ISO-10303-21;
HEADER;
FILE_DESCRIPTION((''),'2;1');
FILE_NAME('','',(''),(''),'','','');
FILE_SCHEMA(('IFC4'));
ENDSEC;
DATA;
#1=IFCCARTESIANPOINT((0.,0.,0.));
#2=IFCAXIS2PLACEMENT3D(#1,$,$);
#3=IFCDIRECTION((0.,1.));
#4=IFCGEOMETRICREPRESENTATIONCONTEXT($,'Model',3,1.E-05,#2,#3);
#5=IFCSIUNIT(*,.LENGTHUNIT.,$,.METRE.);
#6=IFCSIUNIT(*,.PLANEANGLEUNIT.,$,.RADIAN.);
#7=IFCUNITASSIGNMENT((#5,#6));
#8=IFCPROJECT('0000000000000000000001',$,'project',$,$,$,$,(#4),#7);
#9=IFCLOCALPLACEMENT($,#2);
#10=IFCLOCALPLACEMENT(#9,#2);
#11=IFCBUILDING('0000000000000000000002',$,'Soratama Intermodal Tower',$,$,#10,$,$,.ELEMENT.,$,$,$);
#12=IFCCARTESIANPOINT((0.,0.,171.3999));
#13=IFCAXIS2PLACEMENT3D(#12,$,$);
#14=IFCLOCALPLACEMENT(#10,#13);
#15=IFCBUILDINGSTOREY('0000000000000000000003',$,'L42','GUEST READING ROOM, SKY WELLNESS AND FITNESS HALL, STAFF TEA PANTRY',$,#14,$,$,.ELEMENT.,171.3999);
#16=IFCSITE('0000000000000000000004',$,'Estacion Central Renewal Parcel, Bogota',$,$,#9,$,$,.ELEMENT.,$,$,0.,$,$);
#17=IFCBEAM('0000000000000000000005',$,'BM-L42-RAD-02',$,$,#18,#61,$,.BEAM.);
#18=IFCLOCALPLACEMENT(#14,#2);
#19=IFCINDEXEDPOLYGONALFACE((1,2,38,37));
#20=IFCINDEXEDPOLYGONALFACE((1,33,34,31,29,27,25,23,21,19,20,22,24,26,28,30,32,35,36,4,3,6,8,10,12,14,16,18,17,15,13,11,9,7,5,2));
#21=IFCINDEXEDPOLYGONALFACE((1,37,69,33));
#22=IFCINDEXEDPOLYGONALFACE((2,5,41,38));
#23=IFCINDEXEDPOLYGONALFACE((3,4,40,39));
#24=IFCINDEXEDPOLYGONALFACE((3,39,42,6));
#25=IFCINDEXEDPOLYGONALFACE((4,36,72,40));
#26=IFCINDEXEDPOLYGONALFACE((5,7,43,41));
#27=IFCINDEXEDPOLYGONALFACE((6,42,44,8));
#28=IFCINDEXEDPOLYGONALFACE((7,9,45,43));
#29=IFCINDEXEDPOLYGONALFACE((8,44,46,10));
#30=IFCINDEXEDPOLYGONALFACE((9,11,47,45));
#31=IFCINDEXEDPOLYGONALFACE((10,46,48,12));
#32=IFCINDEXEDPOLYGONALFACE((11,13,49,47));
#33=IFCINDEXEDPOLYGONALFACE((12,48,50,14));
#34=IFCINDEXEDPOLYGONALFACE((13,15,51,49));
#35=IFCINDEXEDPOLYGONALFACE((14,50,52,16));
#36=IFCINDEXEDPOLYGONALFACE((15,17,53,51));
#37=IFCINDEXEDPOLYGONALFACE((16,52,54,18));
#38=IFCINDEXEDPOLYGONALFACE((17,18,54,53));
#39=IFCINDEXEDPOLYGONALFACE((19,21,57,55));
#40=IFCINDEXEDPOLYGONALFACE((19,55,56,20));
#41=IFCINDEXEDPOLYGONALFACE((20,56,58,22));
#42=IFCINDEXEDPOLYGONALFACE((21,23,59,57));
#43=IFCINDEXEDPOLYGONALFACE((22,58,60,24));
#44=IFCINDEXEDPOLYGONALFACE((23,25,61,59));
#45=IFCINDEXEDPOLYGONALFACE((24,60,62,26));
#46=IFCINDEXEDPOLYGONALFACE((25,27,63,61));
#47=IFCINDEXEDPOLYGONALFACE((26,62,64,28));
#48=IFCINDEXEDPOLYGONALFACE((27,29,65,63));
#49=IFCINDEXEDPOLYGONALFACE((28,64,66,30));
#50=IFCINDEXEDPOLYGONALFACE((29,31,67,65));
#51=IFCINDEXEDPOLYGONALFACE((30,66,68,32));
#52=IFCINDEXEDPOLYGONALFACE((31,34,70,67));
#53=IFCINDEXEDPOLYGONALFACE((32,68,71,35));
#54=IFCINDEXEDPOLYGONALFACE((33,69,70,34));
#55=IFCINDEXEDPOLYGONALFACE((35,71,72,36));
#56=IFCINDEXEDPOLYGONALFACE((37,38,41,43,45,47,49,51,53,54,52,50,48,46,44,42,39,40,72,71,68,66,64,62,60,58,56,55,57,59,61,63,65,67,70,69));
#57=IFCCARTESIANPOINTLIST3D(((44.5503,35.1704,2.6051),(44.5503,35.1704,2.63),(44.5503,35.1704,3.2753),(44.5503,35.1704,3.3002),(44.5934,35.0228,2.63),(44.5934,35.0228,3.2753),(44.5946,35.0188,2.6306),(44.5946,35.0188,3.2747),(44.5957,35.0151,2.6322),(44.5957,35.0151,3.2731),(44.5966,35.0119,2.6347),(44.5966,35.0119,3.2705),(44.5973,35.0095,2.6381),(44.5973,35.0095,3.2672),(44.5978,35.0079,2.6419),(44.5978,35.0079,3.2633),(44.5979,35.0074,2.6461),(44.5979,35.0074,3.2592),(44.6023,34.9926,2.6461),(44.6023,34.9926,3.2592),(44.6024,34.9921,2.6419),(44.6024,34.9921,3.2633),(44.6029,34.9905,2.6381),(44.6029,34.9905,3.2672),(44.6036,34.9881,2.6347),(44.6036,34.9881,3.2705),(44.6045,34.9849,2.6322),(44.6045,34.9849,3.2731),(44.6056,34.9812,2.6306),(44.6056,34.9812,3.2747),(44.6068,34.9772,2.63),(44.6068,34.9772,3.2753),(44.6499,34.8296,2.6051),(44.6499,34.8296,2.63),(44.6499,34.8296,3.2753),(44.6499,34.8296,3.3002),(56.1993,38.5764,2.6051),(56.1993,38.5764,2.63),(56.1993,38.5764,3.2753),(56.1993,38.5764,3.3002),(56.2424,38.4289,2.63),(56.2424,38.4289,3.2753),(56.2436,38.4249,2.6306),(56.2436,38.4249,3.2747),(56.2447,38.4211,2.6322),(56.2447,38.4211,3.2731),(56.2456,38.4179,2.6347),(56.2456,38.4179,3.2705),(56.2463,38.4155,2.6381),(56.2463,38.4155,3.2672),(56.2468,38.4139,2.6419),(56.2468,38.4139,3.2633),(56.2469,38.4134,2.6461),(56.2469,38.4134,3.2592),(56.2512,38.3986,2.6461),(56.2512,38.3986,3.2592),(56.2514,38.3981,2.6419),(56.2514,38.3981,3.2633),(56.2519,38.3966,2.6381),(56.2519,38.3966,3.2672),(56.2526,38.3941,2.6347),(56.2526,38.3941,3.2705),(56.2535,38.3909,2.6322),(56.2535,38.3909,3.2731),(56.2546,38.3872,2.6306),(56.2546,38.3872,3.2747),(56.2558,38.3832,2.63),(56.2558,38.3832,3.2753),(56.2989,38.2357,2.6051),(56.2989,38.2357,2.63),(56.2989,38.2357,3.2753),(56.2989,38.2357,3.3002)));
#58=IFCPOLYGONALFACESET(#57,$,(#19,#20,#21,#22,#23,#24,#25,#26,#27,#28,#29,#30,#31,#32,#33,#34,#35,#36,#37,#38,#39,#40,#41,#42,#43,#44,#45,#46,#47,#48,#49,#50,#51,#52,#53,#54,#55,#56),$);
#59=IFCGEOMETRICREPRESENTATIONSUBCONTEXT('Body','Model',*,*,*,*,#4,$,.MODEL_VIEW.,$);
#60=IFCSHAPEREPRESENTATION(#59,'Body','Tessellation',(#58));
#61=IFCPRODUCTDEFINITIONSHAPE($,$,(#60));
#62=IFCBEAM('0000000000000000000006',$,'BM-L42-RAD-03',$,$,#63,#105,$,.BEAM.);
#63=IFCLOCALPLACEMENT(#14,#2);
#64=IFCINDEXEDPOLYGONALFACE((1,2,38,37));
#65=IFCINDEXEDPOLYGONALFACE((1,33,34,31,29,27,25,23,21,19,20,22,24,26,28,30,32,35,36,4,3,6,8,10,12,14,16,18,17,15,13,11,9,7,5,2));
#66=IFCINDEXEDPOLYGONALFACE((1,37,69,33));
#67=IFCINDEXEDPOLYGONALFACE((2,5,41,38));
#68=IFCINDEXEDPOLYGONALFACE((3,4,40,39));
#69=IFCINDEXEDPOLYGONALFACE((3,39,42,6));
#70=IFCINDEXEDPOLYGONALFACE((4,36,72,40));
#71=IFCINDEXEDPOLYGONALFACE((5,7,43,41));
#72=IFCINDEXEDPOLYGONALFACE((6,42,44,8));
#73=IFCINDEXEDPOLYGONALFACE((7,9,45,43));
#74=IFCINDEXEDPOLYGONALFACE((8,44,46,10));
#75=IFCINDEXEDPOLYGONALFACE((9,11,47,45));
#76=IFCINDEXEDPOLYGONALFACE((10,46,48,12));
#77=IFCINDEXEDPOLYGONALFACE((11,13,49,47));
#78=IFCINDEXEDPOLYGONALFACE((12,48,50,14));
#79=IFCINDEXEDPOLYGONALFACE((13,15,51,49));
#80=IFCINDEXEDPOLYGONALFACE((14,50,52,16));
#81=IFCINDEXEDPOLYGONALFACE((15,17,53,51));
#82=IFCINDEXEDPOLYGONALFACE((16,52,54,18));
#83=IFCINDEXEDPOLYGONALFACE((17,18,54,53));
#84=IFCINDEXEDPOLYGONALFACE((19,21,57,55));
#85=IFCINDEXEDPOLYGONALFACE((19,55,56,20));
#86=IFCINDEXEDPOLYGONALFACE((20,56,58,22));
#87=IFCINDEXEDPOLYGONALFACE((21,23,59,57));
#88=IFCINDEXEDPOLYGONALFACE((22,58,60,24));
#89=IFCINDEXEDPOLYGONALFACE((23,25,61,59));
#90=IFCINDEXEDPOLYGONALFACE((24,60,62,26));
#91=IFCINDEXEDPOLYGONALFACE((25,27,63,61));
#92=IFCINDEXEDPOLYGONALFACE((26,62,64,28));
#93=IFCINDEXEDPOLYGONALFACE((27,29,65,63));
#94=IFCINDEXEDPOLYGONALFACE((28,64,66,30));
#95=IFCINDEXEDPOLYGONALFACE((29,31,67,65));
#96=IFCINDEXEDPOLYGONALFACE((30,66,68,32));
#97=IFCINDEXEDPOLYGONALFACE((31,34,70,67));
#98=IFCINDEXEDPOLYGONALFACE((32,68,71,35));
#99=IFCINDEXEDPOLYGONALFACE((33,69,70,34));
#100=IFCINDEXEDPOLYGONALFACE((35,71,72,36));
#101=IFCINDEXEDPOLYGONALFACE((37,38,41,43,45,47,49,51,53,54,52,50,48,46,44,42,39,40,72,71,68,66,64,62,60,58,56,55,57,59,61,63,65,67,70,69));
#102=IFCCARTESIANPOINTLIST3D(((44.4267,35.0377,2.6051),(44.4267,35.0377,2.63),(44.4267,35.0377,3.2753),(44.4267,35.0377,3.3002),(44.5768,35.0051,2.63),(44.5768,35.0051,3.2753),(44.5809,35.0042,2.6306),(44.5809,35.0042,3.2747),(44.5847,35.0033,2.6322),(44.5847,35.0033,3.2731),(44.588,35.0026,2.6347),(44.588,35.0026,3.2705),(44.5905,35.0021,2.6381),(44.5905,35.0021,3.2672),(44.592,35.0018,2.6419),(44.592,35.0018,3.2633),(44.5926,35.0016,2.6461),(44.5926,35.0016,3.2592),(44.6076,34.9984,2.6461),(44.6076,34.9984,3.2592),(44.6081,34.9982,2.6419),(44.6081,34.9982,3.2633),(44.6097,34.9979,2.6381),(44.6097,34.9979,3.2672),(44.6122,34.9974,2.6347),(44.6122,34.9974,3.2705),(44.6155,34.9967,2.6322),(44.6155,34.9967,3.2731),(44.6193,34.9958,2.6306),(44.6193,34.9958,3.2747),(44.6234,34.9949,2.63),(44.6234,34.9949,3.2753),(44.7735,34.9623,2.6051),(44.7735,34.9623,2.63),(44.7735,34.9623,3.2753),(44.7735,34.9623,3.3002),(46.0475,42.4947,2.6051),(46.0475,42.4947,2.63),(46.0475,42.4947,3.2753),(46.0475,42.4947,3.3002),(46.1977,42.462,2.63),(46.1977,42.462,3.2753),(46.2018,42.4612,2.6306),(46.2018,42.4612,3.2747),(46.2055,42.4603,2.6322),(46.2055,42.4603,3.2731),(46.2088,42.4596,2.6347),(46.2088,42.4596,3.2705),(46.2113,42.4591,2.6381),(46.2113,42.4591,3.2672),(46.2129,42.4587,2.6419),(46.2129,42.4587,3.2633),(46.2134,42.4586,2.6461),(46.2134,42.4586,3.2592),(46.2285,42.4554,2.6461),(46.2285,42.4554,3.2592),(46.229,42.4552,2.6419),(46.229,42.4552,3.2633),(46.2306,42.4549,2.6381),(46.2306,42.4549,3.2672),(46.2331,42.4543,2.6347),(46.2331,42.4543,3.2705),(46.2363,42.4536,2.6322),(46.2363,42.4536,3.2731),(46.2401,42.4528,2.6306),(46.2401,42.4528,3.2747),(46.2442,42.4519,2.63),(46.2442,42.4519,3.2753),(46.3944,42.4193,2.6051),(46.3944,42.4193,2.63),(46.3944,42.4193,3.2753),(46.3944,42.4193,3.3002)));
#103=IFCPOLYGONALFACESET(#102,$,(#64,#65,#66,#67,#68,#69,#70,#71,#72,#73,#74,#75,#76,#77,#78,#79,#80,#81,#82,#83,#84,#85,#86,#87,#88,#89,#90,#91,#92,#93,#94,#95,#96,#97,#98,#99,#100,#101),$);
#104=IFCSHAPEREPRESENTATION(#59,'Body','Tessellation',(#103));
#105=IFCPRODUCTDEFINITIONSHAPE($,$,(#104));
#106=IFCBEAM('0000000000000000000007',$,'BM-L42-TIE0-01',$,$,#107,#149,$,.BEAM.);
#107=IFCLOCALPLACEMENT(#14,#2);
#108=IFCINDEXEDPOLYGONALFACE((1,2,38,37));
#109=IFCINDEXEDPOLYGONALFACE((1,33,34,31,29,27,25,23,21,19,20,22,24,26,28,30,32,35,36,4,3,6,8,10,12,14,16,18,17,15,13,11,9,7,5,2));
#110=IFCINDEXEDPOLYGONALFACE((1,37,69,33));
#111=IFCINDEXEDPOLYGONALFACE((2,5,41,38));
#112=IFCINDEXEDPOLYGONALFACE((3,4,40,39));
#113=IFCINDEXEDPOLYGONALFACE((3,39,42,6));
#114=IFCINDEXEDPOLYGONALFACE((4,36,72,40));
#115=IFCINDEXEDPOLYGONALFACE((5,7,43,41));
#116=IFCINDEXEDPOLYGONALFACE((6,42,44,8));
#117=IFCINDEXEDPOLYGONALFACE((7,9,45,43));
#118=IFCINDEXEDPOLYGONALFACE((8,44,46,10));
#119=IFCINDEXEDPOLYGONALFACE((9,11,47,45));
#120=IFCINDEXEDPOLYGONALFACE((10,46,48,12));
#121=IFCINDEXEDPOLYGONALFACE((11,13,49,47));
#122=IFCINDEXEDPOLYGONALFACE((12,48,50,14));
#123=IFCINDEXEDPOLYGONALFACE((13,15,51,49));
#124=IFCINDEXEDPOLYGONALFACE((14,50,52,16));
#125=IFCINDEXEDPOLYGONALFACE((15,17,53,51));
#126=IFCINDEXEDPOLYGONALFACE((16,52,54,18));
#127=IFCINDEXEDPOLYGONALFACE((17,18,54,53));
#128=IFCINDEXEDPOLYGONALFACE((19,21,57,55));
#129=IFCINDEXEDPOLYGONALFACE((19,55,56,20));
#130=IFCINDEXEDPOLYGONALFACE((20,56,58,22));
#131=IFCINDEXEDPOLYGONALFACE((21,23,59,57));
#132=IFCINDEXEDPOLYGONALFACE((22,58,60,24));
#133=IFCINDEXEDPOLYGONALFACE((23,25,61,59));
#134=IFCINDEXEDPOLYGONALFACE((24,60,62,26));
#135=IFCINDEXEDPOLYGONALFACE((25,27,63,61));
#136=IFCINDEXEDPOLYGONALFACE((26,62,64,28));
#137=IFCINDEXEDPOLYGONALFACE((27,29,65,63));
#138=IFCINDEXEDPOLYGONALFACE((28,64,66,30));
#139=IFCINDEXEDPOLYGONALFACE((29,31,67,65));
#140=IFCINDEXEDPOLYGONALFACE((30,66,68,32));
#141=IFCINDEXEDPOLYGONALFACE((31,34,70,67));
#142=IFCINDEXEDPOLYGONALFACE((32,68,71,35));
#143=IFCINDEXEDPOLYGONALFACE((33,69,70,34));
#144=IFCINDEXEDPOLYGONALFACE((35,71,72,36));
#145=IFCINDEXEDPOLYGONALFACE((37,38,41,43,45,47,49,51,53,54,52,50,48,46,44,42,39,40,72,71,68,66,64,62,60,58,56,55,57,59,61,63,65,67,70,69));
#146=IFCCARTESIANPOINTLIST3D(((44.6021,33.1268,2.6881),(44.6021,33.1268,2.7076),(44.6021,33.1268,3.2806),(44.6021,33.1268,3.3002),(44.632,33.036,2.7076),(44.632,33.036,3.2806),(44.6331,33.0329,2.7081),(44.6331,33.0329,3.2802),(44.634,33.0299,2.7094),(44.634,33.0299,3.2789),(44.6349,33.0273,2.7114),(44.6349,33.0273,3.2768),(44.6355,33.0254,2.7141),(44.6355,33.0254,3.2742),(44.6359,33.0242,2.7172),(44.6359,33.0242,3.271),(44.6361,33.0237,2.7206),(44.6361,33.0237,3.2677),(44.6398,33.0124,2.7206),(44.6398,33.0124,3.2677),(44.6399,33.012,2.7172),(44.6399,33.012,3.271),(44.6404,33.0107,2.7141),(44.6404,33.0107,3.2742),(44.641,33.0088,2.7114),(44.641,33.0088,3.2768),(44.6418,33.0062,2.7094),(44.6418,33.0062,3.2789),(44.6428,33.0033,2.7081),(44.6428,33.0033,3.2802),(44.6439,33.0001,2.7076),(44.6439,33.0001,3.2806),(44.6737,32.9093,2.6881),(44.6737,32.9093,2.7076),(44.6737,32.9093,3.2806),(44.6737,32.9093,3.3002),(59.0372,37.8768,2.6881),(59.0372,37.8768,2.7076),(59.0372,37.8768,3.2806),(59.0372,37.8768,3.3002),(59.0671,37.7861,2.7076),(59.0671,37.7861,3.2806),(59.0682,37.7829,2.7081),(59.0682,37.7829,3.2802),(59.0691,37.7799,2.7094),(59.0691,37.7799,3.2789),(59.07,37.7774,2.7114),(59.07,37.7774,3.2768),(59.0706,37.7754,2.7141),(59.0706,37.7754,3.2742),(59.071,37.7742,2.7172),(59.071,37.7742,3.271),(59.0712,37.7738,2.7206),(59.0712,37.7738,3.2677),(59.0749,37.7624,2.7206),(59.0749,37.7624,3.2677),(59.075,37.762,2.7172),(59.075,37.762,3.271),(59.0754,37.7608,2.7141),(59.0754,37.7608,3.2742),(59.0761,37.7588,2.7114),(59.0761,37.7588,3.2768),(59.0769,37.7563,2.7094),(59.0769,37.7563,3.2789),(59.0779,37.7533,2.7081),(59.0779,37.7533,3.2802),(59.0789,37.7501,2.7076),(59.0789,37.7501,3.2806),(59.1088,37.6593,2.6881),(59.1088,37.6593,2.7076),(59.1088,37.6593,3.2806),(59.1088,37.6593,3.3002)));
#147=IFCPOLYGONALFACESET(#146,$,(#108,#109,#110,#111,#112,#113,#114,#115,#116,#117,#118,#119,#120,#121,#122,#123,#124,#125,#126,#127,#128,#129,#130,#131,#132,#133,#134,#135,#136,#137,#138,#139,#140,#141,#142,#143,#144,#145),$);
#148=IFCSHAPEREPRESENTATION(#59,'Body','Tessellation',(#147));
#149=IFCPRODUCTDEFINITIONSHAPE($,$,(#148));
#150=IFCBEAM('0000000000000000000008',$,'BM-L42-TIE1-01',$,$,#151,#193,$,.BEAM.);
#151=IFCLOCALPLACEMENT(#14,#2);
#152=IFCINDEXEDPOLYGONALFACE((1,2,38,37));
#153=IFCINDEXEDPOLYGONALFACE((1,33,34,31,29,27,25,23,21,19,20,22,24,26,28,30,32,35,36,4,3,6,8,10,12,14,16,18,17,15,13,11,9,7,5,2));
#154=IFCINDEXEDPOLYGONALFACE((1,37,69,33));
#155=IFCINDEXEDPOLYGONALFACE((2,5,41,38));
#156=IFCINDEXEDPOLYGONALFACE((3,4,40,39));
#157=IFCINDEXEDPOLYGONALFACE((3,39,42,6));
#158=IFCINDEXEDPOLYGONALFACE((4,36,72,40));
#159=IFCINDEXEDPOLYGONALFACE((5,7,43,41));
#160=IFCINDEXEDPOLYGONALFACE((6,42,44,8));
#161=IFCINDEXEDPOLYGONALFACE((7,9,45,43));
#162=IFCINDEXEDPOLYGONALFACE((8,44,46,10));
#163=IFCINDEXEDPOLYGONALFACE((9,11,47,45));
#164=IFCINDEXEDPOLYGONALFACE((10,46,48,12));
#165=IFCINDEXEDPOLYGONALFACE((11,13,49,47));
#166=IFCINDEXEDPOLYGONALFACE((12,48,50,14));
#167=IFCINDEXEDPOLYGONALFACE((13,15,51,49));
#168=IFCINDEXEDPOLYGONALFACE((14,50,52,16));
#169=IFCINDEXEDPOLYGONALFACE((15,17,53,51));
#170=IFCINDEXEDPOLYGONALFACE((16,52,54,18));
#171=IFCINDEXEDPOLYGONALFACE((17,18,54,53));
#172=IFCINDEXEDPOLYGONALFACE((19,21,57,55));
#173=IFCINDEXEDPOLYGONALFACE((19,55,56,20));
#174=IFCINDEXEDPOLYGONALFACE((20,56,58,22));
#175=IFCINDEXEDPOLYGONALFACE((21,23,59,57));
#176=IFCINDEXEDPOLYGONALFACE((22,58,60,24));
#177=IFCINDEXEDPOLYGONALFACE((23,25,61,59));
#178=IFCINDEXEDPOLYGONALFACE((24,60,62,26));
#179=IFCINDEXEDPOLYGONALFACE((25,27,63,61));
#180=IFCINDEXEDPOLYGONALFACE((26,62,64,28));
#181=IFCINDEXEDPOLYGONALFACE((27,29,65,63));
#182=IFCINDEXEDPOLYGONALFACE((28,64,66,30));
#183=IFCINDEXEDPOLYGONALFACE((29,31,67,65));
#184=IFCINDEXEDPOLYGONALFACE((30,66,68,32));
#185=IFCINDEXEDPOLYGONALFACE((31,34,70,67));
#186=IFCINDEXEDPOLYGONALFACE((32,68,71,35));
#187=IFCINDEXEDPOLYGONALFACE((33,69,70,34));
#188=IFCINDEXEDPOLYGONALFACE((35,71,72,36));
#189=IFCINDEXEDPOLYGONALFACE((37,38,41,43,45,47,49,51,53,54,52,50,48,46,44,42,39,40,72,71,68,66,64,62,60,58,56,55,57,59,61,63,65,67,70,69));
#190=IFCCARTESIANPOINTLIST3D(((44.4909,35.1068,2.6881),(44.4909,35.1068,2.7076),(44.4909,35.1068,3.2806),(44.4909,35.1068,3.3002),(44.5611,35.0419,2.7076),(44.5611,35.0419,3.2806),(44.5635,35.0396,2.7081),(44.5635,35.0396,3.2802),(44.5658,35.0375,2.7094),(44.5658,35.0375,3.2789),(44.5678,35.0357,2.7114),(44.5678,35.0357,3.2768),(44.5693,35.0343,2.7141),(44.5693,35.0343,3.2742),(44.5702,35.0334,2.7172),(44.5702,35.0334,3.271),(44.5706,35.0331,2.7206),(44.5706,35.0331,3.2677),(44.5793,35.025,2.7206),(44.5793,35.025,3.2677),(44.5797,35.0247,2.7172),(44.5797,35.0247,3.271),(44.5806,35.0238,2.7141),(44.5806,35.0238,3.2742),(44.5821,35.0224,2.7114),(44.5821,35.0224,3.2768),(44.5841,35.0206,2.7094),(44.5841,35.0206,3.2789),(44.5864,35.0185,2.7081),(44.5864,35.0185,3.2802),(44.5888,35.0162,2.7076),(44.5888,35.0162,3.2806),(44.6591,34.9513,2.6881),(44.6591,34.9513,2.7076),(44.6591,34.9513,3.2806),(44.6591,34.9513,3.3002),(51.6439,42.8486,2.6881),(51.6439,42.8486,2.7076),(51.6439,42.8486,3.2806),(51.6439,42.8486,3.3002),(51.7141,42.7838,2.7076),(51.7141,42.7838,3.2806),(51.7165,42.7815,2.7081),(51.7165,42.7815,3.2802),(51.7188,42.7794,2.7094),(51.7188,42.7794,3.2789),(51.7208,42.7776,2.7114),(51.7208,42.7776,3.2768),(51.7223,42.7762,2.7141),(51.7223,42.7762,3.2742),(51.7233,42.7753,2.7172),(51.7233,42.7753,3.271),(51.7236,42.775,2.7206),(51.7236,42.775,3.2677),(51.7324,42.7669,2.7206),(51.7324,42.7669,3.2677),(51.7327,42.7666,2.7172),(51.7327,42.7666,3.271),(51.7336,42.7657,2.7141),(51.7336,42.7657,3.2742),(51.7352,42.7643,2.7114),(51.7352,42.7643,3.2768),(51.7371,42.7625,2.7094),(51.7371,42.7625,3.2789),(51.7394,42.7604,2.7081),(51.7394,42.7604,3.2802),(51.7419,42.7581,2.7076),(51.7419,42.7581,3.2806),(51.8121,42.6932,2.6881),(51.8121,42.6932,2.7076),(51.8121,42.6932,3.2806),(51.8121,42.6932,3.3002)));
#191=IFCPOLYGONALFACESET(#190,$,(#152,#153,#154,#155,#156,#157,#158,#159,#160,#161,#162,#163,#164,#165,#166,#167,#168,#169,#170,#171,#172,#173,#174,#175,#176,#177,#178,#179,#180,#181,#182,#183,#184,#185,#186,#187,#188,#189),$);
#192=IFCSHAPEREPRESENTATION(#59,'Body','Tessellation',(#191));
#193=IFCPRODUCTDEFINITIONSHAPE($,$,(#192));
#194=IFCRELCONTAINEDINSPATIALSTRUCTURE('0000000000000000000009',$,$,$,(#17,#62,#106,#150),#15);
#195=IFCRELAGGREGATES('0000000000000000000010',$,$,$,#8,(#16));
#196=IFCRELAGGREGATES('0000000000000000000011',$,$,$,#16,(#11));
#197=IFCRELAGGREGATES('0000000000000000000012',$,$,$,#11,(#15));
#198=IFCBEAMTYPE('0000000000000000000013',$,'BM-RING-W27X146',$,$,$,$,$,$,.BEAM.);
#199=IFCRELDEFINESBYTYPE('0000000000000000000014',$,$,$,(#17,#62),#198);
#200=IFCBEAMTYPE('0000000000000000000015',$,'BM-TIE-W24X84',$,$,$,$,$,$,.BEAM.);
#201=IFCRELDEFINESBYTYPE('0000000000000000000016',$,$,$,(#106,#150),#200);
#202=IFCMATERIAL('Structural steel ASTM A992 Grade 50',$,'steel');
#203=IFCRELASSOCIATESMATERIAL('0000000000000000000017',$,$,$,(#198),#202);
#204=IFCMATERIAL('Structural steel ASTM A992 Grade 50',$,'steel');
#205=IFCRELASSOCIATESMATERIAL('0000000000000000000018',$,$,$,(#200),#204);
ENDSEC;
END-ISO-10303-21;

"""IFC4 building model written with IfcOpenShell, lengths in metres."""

from ifc_helpers import new_model, si_unit, direction, frame, origin, origin_2d, place, context, subcontext, project, spatial, i_section, extrude, material, material_profile, profile_set, type_object, element, save


model = new_model("IFC4")

# Units and contexts
model_context = context("Model", 3, precision=1e-05, world=origin(), true_north=direction((0.0, 1.0)))
body_context = subcontext(model_context, "Body", "Model", "MODEL_VIEW")
ifc_project = project(units=[si_unit("LENGTHUNIT", "METRE"), si_unit("PLANEANGLEUNIT", "RADIAN")], contexts=[model_context])

# Site, building, storey
site_placement = place(None, origin())
site = spatial("IfcSite", under=ifc_project, at=site_placement, Name="Estacion Central Renewal Parcel, Bogota", CompositionType="ELEMENT", RefElevation=0.0)
building_placement = place(site_placement, origin())
building = spatial("IfcBuilding", under=site, at=building_placement, Name="Soratama Intermodal Tower", CompositionType="ELEMENT")
storey_placement = place(building_placement, frame((0.0, 0.0, 171.3999)))
storey = spatial("IfcBuildingStorey", under=building, at=storey_placement, Name="L42", Description="GUEST READING ROOM, SKY WELLNESS AND FITNESS HALL, STAFF TEA PANTRY", CompositionType="ELEMENT", Elevation=171.3999)

# Beams
ifc_material_1 = material(Name="Structural steel ASTM A992 Grade 50", Category="steel")
ifc_material_profile_1 = material_profile(ifc_material_1, i_section(OverallWidth=0.355, OverallDepth=0.6951, WebThickness=0.0154, FlangeThickness=0.0249, FilletRadius=0.0161, at=origin_2d()), Name="W27X146")
ifc_profile_set_1 = profile_set([ifc_material_profile_1], Name="Structural steel ASTM A992 Grade 50")
beam_type_1 = type_object("IfcBeamType", Name="BM-RING-W27X146", PredefinedType="BEAM", material=ifc_profile_set_1)
beam_1_placement = place(storey_placement, frame((44.6001, 35.0, 2.9526), z_axis=(0.959814, 0.280638, 0.0), x_axis=(-0.280638, 0.959814, 0.0)))
element("IfcBeam", 1, at=beam_1_placement, inside=storey, type_object=beam_type_1, Name="BM-L42-RAD-02", PredefinedType="BEAM", context=body_context, shape_type="SweptSolid", body=[
    extrude(i_section(OverallWidth=0.355, OverallDepth=0.6951, WebThickness=0.0154, FlangeThickness=0.0249, FilletRadius=0.0161, at=origin_2d()), origin(), (0.0, 0.0, 1.0), 12.1367),
])
beam_2_placement = place(storey_placement, frame((44.6001, 35.0, 2.9526), z_axis=(0.212399, 0.977183, 0.0), x_axis=(-0.977183, 0.212399, 0.0)))
element("IfcBeam", 2, at=beam_2_placement, inside=storey, type_object=beam_type_1, Name="BM-L42-RAD-03", PredefinedType="BEAM", context=body_context, shape_type="SweptSolid", body=[
    extrude(i_section(OverallWidth=0.355, OverallDepth=0.6951, WebThickness=0.0154, FlangeThickness=0.0249, FilletRadius=0.0161, at=origin_2d()), origin(), (0.0, 0.0, 1.0), 7.6311),
])
ifc_material_2 = material(Name="Structural steel ASTM A992 Grade 50", Category="steel")
ifc_material_profile_2 = material_profile(ifc_material_2, i_section(OverallWidth=0.229, OverallDepth=0.6121, WebThickness=0.012, FlangeThickness=0.0195, FilletRadius=0.0129, at=origin_2d()), Name="W24X84")
ifc_profile_set_2 = profile_set([ifc_material_profile_2], Name="Structural steel ASTM A992 Grade 50")
beam_type_2 = type_object("IfcBeamType", Name="BM-TIE-W24X84", PredefinedType="BEAM", material=ifc_profile_set_2)
beam_3_placement = place(storey_placement, frame((44.6379, 33.0181, 2.9941), z_axis=(0.949894, 0.312572, 0.0), x_axis=(-0.312572, 0.949894, 0.0)))
element("IfcBeam", 3, at=beam_3_placement, inside=storey, type_object=beam_type_2, Name="BM-L42-TIE0-01", PredefinedType="BEAM", context=body_context, shape_type="SweptSolid", body=[
    extrude(i_section(OverallWidth=0.229, OverallDepth=0.6121, WebThickness=0.012, FlangeThickness=0.0195, FilletRadius=0.0129, at=origin_2d()), origin(), (0.0, 0.0, 1.0), 15.1965),
])
beam_4_placement = place(storey_placement, frame((44.575, 35.0291, 2.9941), z_axis=(0.678622, 0.734488, 0.0), x_axis=(-0.734488, 0.678622, 0.0)))
element("IfcBeam", 4, at=beam_4_placement, inside=storey, type_object=beam_type_2, Name="BM-L42-TIE1-01", PredefinedType="BEAM", context=body_context, shape_type="SweptSolid", body=[
    extrude(i_section(OverallWidth=0.229, OverallDepth=0.6121, WebThickness=0.012, FlangeThickness=0.0195, FilletRadius=0.0129, at=origin_2d()), origin(), (0.0, 0.0, 1.0), 10.5405),
])

save(model, "model.ifc")
